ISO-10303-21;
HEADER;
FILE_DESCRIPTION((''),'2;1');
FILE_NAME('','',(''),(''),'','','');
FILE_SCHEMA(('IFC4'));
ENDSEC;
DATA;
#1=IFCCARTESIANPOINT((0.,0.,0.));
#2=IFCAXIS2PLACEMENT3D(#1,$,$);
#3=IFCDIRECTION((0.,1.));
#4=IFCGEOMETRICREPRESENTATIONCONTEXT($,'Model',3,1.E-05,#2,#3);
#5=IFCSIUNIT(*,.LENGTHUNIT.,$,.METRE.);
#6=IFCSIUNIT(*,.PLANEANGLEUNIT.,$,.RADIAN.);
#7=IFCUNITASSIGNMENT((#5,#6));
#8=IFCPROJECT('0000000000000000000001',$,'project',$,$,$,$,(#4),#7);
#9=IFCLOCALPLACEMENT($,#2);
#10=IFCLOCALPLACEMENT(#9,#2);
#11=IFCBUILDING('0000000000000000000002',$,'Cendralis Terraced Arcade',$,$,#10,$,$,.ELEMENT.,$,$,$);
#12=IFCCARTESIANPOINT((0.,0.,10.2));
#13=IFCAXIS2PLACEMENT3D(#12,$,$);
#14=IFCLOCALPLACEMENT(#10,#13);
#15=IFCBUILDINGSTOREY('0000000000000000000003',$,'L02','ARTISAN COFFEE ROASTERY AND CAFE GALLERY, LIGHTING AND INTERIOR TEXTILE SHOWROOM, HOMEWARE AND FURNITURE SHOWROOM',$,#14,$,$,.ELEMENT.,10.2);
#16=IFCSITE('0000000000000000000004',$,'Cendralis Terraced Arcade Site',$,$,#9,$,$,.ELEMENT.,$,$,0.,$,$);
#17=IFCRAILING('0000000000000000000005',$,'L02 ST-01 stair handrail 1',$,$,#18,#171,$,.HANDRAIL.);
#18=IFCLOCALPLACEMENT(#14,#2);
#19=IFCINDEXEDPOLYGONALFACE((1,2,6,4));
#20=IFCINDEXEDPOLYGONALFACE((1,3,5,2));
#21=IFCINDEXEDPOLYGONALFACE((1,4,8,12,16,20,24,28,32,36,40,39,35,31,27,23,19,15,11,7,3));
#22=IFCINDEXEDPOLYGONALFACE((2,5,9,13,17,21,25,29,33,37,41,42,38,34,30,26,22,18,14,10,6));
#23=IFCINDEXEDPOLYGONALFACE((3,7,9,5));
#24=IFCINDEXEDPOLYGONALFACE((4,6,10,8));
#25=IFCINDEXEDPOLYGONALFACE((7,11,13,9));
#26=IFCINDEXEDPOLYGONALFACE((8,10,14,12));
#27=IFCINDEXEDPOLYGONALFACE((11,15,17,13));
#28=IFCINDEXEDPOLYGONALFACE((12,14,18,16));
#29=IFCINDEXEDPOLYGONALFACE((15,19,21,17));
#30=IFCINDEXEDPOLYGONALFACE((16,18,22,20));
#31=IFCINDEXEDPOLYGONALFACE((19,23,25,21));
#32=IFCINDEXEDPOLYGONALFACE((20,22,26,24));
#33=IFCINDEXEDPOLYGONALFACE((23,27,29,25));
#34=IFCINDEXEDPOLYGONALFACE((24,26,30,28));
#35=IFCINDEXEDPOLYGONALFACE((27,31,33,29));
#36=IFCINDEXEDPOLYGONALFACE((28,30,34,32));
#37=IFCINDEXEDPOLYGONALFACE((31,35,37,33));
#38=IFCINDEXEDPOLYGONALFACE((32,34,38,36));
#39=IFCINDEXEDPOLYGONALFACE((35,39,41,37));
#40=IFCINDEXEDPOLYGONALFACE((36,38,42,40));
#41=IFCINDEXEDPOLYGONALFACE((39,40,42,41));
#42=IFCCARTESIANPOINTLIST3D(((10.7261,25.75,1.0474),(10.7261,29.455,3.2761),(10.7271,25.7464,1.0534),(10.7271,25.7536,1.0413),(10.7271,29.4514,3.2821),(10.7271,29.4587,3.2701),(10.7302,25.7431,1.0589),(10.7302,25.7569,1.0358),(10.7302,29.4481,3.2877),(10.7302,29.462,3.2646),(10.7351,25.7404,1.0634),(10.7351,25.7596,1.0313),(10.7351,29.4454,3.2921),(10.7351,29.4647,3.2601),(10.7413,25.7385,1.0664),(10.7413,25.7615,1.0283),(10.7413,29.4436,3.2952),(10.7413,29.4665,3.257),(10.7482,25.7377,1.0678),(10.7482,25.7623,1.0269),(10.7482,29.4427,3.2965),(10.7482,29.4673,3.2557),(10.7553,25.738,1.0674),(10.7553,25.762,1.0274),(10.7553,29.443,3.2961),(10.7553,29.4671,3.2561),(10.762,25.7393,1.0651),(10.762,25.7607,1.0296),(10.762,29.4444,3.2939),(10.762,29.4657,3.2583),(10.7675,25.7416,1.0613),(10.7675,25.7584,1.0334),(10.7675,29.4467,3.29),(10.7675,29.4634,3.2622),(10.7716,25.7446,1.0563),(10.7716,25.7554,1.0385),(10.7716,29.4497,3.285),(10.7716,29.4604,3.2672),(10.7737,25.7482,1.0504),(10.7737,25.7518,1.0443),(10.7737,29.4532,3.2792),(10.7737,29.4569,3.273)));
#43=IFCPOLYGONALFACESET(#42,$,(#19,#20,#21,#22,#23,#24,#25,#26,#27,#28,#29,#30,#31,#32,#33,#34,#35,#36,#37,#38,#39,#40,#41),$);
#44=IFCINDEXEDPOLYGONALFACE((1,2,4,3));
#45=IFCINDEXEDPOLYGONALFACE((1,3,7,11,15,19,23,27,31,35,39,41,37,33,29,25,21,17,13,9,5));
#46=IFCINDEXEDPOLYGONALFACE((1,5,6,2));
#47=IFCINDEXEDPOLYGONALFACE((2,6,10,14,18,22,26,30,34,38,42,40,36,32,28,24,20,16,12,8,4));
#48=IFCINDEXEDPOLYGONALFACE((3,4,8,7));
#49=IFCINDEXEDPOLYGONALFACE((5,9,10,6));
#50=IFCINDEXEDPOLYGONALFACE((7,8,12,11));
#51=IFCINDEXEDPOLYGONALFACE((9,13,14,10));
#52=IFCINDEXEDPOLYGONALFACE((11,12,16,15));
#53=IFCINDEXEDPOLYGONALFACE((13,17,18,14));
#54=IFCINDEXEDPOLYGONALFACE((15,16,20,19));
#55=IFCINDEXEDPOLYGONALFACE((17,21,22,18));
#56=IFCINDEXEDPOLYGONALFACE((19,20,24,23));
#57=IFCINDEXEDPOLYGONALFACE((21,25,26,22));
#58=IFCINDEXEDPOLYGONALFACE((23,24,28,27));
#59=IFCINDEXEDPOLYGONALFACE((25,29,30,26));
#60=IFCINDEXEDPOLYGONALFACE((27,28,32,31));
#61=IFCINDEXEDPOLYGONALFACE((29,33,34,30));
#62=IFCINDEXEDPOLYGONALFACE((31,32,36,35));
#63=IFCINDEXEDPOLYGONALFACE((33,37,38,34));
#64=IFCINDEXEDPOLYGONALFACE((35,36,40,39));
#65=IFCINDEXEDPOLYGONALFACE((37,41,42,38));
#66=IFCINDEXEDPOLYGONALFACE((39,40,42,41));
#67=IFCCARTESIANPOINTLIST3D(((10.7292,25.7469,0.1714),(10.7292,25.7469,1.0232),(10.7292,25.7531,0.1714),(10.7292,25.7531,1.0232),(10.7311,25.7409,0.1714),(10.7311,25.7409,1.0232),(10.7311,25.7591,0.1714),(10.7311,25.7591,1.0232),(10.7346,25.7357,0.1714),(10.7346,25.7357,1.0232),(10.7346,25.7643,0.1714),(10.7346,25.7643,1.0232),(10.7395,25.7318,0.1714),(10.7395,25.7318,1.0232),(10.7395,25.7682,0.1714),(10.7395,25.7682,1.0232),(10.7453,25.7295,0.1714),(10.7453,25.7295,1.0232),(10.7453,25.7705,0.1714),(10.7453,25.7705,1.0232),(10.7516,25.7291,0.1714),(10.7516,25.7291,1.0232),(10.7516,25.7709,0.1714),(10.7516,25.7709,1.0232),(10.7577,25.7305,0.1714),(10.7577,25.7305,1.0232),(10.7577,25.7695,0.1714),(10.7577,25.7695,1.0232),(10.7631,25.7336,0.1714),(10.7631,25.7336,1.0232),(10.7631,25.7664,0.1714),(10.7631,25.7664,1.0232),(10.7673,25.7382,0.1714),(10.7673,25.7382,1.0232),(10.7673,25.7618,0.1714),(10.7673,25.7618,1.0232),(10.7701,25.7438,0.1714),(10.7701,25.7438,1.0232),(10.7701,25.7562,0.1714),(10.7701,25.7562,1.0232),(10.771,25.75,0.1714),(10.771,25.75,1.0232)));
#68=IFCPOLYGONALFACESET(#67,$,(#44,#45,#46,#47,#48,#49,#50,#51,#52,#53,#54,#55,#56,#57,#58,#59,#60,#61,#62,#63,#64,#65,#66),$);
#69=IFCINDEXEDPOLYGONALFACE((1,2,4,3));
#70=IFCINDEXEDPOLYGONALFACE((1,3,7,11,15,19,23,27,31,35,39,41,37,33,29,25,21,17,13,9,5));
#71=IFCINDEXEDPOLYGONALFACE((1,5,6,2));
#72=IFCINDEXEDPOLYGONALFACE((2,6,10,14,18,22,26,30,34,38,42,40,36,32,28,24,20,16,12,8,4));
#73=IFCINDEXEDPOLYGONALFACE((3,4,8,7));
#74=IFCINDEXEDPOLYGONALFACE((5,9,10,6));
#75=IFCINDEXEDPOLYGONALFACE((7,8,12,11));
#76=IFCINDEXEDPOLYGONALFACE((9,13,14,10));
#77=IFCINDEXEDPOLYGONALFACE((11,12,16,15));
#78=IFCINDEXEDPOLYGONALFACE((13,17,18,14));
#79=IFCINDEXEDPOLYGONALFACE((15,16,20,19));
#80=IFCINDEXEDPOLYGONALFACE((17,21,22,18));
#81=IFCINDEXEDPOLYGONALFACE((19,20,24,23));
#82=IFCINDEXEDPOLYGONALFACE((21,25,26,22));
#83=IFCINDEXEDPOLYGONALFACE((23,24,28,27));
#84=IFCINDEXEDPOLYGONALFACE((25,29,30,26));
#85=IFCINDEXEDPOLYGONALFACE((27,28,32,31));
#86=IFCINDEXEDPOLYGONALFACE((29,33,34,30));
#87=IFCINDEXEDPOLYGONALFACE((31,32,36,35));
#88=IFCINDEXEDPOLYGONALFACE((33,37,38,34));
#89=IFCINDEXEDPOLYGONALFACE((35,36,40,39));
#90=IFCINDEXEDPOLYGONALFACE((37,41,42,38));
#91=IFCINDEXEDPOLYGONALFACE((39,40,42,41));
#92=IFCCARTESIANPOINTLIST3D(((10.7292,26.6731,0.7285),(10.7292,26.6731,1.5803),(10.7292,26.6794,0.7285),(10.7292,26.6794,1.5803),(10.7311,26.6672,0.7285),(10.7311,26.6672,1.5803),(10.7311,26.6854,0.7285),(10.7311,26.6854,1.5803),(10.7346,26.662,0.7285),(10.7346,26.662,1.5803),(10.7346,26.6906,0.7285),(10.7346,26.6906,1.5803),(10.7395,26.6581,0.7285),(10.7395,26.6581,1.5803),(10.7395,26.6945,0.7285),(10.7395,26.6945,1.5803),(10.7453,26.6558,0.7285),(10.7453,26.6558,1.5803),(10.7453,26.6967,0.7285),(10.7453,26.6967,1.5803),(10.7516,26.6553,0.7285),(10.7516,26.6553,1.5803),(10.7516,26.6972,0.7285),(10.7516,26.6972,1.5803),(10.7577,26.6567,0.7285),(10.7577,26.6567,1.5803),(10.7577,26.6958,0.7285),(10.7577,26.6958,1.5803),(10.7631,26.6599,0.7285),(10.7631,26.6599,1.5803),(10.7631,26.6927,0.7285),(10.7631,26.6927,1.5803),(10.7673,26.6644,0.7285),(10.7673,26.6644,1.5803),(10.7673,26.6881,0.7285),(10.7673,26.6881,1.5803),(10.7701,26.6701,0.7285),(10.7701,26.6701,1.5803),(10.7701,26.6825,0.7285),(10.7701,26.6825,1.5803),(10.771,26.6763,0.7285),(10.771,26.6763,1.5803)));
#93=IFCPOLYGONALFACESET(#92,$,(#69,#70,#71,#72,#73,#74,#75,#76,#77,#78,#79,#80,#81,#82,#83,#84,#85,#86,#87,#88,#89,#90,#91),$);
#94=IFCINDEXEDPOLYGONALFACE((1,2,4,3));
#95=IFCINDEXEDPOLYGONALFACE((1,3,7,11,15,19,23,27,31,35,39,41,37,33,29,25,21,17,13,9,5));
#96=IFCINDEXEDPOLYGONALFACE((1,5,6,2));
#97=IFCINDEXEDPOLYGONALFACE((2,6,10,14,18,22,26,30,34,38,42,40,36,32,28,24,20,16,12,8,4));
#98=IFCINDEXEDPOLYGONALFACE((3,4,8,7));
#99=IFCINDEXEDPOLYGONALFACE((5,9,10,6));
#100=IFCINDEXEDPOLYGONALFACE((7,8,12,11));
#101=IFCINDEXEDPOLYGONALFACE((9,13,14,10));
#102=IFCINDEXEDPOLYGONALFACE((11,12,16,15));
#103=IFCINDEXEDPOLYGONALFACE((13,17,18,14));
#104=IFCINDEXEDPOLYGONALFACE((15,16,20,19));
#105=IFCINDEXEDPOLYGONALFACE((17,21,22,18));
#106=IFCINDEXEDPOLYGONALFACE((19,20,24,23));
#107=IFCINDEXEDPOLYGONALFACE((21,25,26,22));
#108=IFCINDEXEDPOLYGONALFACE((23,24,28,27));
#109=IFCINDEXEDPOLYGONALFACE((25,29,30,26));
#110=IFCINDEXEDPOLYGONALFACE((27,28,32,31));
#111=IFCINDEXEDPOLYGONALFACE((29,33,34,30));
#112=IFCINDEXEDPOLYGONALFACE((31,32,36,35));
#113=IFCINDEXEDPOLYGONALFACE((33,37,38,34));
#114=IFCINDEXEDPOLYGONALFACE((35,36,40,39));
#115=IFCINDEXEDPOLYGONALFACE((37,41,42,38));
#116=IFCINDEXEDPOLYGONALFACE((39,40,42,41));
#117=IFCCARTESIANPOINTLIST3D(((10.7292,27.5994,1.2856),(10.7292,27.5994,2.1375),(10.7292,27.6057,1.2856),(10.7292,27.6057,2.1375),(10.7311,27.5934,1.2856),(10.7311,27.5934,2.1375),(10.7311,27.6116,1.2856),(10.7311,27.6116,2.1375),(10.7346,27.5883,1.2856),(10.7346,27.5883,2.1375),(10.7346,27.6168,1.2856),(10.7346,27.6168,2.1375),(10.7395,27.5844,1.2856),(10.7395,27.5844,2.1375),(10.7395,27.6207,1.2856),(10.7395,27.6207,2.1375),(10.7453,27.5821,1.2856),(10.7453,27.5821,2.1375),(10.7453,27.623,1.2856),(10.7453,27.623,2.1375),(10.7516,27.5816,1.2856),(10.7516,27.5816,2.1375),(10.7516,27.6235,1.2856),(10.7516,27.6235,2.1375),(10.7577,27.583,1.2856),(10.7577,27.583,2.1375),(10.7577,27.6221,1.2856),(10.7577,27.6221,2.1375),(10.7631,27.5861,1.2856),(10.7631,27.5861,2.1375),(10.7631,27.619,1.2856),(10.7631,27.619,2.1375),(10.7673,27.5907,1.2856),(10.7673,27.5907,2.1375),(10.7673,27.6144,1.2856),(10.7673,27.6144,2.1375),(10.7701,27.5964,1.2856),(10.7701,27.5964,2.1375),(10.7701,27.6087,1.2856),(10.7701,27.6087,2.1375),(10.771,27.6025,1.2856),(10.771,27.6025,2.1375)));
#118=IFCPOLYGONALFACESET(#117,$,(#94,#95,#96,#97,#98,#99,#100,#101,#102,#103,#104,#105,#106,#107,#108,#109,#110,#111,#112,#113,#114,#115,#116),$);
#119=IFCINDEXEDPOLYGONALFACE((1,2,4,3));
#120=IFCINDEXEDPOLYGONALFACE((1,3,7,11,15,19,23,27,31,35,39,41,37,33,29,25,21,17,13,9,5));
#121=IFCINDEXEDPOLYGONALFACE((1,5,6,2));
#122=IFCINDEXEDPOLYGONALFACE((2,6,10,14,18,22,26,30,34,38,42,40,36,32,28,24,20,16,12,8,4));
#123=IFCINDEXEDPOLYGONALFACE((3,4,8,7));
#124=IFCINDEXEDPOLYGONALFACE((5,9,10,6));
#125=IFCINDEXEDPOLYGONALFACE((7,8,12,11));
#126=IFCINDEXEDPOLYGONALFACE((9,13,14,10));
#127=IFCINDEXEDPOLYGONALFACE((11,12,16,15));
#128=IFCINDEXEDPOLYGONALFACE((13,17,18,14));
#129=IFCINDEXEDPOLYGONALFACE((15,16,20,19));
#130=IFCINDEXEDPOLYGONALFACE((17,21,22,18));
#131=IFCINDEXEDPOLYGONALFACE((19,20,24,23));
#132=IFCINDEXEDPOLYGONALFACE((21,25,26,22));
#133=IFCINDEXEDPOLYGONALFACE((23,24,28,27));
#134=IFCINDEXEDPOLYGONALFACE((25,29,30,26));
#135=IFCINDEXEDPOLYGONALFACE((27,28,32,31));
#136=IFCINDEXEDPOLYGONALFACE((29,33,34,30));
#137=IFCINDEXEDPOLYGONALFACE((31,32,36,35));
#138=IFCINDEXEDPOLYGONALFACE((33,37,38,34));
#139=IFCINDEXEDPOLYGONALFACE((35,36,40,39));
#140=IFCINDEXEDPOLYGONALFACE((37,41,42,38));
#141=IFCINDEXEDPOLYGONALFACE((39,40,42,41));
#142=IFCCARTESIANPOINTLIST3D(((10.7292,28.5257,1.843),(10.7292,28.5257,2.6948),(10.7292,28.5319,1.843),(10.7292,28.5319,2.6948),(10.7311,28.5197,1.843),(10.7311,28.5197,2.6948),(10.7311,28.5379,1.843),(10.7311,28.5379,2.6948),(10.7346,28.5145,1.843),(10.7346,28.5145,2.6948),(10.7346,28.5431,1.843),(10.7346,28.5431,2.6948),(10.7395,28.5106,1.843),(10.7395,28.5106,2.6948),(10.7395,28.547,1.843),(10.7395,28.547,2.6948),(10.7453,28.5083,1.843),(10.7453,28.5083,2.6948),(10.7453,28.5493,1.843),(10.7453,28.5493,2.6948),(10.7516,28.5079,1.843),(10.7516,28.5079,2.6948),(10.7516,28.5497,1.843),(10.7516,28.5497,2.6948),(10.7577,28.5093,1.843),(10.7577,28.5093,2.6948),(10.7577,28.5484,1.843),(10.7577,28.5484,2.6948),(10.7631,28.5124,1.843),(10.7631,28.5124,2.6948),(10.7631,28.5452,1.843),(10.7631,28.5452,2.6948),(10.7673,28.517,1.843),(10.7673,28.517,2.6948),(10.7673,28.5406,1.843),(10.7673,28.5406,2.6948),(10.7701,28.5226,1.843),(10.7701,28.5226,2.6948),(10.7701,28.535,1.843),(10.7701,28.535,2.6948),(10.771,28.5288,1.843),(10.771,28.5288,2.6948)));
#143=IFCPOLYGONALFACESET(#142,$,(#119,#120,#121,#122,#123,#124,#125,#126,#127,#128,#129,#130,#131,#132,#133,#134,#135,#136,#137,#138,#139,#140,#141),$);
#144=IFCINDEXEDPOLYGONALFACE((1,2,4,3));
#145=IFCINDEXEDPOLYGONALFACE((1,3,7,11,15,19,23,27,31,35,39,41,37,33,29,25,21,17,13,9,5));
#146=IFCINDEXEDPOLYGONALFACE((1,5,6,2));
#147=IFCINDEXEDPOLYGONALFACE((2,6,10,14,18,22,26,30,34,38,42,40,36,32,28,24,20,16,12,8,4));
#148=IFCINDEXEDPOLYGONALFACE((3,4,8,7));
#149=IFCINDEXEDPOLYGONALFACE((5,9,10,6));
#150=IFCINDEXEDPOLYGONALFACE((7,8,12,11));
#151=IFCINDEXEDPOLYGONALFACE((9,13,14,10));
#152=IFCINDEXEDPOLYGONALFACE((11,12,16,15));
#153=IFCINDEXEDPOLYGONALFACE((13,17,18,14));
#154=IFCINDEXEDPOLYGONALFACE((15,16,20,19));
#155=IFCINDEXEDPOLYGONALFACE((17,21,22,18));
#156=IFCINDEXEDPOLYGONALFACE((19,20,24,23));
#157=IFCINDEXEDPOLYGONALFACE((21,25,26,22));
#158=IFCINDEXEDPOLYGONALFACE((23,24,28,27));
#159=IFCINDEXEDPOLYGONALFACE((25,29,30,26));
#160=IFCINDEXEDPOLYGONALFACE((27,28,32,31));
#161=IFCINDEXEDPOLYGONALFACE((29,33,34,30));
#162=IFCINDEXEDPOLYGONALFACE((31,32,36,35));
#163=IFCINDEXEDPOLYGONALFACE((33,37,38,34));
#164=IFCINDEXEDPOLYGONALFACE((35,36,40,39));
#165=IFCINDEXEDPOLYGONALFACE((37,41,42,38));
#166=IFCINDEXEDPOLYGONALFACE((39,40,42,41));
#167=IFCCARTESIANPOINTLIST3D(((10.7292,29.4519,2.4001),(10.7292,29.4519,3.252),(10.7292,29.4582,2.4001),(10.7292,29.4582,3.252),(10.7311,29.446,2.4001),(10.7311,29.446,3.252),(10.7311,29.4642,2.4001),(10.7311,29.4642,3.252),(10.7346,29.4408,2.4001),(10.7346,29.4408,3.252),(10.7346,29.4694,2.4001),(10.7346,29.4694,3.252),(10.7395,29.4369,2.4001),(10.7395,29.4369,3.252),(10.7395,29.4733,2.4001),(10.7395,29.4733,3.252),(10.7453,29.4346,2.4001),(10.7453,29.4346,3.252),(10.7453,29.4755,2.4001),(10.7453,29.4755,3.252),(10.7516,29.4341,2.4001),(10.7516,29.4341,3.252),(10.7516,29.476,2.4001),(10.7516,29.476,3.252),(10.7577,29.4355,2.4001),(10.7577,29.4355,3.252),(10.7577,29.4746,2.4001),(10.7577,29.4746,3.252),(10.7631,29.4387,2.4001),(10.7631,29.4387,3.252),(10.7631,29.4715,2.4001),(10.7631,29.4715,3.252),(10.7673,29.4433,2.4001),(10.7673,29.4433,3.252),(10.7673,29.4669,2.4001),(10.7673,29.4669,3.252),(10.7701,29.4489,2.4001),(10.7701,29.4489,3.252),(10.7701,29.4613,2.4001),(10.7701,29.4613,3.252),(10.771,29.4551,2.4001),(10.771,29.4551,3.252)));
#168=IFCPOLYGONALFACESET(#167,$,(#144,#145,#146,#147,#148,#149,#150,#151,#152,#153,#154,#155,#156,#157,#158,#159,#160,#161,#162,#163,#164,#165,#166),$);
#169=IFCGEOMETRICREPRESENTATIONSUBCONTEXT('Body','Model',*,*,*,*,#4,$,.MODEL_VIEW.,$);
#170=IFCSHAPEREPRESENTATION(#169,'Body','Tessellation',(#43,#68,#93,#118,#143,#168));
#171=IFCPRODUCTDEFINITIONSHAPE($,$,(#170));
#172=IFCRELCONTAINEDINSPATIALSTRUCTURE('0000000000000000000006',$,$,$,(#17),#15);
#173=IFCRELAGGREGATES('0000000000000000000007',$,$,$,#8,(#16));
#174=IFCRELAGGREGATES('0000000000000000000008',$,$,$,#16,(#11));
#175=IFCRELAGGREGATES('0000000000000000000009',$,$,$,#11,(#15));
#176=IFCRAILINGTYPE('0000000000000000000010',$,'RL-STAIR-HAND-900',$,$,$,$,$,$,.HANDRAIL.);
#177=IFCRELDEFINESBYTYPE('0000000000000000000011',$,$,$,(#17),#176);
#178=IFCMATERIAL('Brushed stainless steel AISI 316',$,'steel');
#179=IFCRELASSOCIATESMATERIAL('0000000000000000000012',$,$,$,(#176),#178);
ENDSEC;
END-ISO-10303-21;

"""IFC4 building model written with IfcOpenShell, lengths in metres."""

from ifc_helpers import new_model, si_unit, direction, frame, origin, origin_2d, place, context, subcontext, project, spatial, circle, extrude, material, type_object, element, save


model = new_model("IFC4")

# Units and contexts
model_context = context("Model", 3, precision=1e-05, world=origin(), true_north=direction((0.0, 1.0)))
body_context = subcontext(model_context, "Body", "Model", "MODEL_VIEW")
ifc_project = project(units=[si_unit("LENGTHUNIT", "METRE"), si_unit("PLANEANGLEUNIT", "RADIAN")], contexts=[model_context])

# Site, building, storey
site_placement = place(None, origin())
site = spatial("IfcSite", under=ifc_project, at=site_placement, Name="Cendralis Terraced Arcade Site", CompositionType="ELEMENT", RefElevation=0.0)
building_placement = place(site_placement, origin())
building = spatial("IfcBuilding", under=site, at=building_placement, Name="Cendralis Terraced Arcade", CompositionType="ELEMENT")
storey_placement = place(building_placement, frame((0.0, 0.0, 10.2)))
storey = spatial("IfcBuildingStorey", under=building, at=storey_placement, Name="L02", Description="ARTISAN COFFEE ROASTERY AND CAFE GALLERY, LIGHTING AND INTERIOR TEXTILE SHOWROOM, HOMEWARE AND FURNITURE SHOWROOM", CompositionType="ELEMENT", Elevation=10.2)

# Railing
ifc_material_1 = material(Name="Brushed stainless steel AISI 316", Category="steel")
railing_type_1 = type_object("IfcRailingType", Name="RL-STAIR-HAND-900", PredefinedType="HANDRAIL", material=ifc_material_1)
railing_1_placement = place(storey_placement, frame((10.75, 25.75, 0.1714)))
element("IfcRailing", 1, at=railing_1_placement, inside=storey, type_object=railing_type_1, Name="L02 ST-01 stair handrail 1", PredefinedType="HANDRAIL", context=body_context, shape_type="SweptSolid", body=[
    extrude(circle(Radius=0.0239, at=origin_2d()), frame((0.0, 0.0, 0.876), z_axis=(0.0, 0.856909, 0.515467), x_axis=(-1.0, 0.0, 0.0)), (0.0, 0.0, 1.0), 4.3237),
    extrude(circle(Radius=0.021, at=origin_2d()), origin(), (0.0, 0.0, 1.0), 0.8518),
    extrude(circle(Radius=0.021, at=origin_2d()), frame((0.0, 0.9263, 0.5571)), (0.0, 0.0, 1.0), 0.8518),
    extrude(circle(Radius=0.021, at=origin_2d()), frame((0.0, 1.8525, 1.1143)), (0.0, 0.0, 1.0), 0.8518),
    extrude(circle(Radius=0.021, at=origin_2d()), frame((0.0, 2.7788, 1.6716)), (0.0, 0.0, 1.0), 0.8518),
    extrude(circle(Radius=0.021, at=origin_2d()), frame((0.0, 3.7051, 2.2288)), (0.0, 0.0, 1.0), 0.8518),
])

save(model, "model.ifc")
